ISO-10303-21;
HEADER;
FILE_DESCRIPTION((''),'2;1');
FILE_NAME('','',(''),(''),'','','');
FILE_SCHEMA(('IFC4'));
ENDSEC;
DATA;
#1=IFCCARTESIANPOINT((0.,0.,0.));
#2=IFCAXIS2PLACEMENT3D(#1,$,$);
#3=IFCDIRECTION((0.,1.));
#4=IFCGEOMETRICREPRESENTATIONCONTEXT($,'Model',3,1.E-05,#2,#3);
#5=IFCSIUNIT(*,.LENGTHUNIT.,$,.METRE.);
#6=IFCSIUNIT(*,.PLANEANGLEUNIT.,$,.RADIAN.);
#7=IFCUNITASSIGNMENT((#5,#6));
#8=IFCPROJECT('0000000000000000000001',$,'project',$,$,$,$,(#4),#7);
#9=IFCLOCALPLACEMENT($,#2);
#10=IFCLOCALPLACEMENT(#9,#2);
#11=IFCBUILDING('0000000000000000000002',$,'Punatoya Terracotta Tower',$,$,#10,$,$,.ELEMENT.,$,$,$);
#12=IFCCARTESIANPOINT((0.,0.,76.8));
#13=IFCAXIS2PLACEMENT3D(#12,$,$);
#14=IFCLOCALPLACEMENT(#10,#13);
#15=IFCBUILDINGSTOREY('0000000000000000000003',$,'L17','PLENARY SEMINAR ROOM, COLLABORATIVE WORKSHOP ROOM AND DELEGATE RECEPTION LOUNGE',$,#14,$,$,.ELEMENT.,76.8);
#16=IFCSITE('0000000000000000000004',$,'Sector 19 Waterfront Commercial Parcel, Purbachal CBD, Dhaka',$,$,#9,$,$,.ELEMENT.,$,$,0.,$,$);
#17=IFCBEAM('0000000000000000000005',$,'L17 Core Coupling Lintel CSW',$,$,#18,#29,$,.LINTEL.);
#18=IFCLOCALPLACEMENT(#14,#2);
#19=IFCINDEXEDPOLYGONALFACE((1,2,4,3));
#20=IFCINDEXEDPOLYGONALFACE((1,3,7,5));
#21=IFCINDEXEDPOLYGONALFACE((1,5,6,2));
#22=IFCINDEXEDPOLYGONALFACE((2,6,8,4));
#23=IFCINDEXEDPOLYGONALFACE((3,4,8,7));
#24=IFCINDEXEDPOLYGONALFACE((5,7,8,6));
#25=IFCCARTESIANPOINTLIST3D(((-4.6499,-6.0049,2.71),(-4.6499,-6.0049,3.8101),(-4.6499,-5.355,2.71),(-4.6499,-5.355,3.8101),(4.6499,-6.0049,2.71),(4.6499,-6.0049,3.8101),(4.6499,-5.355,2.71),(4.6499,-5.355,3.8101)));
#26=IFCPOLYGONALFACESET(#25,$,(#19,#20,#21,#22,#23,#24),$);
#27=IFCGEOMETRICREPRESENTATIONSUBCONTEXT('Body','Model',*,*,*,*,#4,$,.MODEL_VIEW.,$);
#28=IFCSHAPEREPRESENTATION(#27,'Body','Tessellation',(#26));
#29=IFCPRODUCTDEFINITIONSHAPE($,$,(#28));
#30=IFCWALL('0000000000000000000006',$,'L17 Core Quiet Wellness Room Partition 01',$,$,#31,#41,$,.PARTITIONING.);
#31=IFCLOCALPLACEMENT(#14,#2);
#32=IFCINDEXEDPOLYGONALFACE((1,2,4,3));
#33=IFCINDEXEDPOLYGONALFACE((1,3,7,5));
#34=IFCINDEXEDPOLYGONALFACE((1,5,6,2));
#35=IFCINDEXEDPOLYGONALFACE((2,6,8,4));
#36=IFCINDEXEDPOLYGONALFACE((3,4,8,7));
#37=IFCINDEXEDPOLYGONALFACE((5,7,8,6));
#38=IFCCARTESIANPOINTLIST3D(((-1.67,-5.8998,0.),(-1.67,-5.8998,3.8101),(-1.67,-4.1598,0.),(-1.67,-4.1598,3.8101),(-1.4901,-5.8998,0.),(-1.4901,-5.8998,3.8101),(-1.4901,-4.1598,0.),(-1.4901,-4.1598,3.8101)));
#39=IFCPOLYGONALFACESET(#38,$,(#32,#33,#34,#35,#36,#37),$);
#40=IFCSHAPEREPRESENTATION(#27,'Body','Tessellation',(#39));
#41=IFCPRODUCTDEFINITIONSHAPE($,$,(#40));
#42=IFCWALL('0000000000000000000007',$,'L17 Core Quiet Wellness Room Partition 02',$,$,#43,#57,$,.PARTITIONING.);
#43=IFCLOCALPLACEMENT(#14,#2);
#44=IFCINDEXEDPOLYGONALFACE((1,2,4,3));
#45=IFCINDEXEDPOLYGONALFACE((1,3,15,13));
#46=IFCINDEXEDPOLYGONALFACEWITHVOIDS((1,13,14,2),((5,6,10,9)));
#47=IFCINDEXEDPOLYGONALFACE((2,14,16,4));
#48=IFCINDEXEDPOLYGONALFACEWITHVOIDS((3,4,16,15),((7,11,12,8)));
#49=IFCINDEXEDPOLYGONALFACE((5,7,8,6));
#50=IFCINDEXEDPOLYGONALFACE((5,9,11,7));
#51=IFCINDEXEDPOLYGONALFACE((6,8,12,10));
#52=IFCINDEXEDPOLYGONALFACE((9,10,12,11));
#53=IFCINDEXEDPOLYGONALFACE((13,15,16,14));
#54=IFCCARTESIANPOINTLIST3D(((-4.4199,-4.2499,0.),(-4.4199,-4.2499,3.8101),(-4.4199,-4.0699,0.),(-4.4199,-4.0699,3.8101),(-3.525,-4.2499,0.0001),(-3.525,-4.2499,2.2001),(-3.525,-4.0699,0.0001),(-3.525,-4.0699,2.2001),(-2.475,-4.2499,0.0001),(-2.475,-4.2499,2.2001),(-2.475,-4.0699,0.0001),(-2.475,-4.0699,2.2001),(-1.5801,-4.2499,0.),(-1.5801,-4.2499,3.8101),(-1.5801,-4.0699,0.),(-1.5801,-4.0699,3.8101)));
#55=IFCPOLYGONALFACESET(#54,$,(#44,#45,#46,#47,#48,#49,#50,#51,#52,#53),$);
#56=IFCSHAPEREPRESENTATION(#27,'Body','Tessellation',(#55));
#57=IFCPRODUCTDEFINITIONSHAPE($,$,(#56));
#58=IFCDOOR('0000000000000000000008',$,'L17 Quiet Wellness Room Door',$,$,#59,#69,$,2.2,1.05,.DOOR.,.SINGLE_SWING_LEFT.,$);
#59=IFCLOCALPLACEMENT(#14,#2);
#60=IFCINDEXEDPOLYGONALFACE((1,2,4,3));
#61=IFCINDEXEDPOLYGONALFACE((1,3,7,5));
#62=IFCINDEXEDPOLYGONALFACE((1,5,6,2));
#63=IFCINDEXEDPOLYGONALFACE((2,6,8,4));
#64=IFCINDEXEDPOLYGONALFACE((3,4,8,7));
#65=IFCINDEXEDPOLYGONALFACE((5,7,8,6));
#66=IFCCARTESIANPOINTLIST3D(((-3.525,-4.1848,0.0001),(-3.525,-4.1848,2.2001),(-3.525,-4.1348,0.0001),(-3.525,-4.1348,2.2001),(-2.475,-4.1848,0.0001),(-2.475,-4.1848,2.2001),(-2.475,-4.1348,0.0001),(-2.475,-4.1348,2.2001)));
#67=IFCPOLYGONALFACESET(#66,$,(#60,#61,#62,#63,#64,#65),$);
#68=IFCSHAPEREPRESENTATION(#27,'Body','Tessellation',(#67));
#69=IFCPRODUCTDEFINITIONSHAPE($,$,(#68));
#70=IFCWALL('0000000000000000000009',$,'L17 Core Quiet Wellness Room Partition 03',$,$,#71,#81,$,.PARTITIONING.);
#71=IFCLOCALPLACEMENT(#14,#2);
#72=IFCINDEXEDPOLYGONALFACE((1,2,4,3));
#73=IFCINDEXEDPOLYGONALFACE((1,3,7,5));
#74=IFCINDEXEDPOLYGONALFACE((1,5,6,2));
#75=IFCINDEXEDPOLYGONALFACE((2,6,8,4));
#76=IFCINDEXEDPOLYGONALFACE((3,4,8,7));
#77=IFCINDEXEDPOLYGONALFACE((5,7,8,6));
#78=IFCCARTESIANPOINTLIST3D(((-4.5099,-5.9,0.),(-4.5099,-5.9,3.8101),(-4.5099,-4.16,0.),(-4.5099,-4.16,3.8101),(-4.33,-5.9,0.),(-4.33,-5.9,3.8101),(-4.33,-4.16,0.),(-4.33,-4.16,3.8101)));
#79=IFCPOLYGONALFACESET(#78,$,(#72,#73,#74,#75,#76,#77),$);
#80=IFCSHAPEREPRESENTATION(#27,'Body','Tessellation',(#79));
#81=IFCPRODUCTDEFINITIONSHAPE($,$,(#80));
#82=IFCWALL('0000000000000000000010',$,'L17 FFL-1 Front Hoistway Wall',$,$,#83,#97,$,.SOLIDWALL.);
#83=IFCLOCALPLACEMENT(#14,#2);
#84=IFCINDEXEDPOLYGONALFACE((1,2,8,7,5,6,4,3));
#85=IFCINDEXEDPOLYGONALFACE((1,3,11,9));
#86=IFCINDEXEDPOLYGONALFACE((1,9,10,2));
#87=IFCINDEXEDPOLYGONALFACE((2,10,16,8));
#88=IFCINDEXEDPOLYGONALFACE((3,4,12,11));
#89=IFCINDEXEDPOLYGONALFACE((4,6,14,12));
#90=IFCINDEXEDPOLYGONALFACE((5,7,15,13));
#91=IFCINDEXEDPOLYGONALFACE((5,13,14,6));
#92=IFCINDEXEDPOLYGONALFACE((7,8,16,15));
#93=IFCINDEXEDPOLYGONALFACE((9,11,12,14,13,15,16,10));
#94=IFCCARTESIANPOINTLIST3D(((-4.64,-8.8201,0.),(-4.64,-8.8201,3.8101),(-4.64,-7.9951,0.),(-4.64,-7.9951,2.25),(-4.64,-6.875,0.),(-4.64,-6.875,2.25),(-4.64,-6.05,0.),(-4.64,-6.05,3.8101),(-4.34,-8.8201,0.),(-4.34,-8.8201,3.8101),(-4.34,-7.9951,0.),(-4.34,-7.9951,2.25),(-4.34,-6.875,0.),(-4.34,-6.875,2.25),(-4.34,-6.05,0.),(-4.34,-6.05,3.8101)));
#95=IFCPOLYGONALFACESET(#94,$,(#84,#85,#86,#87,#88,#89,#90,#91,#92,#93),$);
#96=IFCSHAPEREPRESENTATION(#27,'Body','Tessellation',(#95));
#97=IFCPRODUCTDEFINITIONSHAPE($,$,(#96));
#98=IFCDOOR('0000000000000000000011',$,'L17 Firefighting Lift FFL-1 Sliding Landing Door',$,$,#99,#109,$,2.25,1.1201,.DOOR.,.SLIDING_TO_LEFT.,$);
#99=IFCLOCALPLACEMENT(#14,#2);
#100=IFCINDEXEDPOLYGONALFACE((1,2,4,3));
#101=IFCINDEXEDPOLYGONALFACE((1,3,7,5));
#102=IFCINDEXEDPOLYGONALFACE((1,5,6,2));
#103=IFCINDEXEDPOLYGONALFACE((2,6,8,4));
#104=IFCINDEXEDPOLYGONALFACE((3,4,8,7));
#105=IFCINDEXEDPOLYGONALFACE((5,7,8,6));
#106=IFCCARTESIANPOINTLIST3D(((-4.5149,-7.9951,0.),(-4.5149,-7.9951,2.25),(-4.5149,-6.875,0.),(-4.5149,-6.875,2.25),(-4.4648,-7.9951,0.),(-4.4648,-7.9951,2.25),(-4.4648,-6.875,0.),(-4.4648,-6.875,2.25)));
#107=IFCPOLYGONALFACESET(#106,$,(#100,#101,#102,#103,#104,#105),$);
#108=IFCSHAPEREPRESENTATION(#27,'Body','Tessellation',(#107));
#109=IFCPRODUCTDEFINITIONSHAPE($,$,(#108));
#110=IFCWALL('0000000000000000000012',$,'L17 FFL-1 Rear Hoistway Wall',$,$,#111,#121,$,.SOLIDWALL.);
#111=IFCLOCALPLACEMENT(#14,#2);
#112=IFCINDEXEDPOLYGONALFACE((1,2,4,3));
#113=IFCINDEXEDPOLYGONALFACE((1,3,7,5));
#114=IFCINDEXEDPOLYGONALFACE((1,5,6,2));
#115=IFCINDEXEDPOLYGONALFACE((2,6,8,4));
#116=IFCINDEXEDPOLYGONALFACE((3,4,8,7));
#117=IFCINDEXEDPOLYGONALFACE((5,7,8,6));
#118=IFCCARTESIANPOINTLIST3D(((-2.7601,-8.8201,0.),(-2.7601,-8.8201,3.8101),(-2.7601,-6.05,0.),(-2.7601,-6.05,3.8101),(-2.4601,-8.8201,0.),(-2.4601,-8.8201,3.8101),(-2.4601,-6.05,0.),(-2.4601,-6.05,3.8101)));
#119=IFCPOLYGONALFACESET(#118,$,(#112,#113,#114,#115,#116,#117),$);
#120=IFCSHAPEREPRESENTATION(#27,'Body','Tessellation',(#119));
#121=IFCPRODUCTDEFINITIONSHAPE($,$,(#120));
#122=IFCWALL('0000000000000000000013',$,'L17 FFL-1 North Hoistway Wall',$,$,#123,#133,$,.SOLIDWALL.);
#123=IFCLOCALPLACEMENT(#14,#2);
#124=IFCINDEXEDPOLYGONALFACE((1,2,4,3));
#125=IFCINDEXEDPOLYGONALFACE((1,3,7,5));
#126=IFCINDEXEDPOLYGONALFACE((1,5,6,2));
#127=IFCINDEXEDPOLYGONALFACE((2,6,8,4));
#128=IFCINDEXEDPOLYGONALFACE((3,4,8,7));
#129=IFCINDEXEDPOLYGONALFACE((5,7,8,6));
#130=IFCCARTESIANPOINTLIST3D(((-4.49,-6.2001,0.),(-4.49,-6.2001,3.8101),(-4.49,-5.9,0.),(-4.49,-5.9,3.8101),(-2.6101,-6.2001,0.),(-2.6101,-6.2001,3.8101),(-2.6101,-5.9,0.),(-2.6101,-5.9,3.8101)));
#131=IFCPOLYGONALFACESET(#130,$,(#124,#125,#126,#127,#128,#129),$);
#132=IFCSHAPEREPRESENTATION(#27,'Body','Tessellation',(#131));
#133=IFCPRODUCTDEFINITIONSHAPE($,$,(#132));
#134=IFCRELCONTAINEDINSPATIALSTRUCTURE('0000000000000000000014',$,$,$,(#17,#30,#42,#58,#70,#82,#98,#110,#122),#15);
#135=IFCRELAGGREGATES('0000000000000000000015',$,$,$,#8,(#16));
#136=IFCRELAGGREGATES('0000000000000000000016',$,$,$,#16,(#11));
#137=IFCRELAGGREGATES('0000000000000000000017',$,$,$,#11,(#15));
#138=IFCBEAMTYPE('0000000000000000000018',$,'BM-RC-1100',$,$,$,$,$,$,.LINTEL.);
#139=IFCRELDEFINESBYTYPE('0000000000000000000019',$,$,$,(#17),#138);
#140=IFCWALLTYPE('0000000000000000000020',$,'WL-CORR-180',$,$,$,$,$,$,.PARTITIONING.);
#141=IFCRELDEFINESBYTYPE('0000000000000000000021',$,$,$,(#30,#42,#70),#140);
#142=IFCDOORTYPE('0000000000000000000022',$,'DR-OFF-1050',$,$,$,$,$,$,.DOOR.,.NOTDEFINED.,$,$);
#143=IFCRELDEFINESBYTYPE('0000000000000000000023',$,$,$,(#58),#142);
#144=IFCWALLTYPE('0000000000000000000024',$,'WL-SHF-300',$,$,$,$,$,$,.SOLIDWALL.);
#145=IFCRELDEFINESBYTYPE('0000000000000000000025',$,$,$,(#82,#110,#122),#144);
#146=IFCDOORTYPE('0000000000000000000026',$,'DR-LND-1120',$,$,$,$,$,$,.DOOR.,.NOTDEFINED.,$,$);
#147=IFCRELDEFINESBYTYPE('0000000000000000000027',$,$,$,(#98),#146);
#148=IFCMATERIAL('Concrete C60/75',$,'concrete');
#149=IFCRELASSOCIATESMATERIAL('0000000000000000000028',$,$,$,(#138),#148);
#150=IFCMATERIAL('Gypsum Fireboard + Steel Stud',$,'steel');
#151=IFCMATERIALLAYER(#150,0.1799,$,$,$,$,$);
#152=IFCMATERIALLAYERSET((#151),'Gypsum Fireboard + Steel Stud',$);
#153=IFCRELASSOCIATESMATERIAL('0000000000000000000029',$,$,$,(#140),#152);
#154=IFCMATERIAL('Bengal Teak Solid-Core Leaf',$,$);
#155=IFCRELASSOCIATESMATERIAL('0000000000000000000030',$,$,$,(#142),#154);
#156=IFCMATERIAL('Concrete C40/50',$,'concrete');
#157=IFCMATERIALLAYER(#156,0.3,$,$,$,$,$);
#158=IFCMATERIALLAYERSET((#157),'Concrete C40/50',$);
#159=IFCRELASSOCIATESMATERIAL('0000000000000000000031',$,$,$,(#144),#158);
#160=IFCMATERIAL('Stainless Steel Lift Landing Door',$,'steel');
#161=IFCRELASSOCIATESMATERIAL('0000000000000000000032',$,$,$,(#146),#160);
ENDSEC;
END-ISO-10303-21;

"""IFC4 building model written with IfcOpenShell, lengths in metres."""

from ifc_helpers import new_model, si_unit, direction, frame, frame_2d, origin, origin_2d, place, context, subcontext, project, spatial, rectangle, extrude, material, layer, layer_set, material_profile, profile_set, type_object, element, fill, save


model = new_model("IFC4")

# Units and contexts
model_context = context("Model", 3, precision=1e-05, world=origin(), true_north=direction((0.0, 1.0)))
body_context = subcontext(model_context, "Body", "Model", "MODEL_VIEW")
ifc_project = project(units=[si_unit("LENGTHUNIT", "METRE"), si_unit("PLANEANGLEUNIT", "RADIAN")], contexts=[model_context])

# Site, building, storey
site_placement = place(None, origin())
site = spatial("IfcSite", under=ifc_project, at=site_placement, Name="Sector 19 Waterfront Commercial Parcel, Purbachal CBD, Dhaka", CompositionType="ELEMENT", RefElevation=0.0)
building_placement = place(site_placement, origin())
building = spatial("IfcBuilding", under=site, at=building_placement, Name="Punatoya Terracotta Tower", CompositionType="ELEMENT")
storey_placement = place(building_placement, frame((0.0, 0.0, 76.8)))
storey = spatial("IfcBuildingStorey", under=building, at=storey_placement, Name="L17", Description="PLENARY SEMINAR ROOM, COLLABORATIVE WORKSHOP ROOM AND DELEGATE RECEPTION LOUNGE", CompositionType="ELEMENT", Elevation=76.8)

# Beam
ifc_material_1 = material(Name="Concrete C60/75", Category="concrete")
ifc_material_profile = material_profile(ifc_material_1, rectangle(XDim=0.6499, YDim=1.1001, at=origin_2d()))
ifc_profile_set = profile_set([ifc_material_profile], Name="Concrete C60/75")
beam_type = type_object("IfcBeamType", Name="BM-RC-1100", PredefinedType="LINTEL", material=ifc_profile_set)
beam_placement = place(storey_placement, frame((-4.6499, -5.6799, 3.26), z_axis=(1.0, 0.0, 0.0), x_axis=(0.0, 1.0, 0.0)))
element("IfcBeam", 1, at=beam_placement, inside=storey, type_object=beam_type, Name="L17 Core Coupling Lintel CSW", PredefinedType="LINTEL", context=body_context, shape_type="SweptSolid", body=[
    extrude(rectangle(XDim=0.6499, YDim=1.1001, at=origin_2d()), origin(), (0.0, 0.0, 1.0), 9.2998),
])

# Wall
ifc_material_2 = material(Name="Gypsum Fireboard + Steel Stud", Category="steel")
ifc_layer_1 = layer(ifc_material_2, 0.1799)
ifc_layer_set_1 = layer_set([ifc_layer_1], Name="Gypsum Fireboard + Steel Stud")
wall_type_1 = type_object("IfcWallType", Name="WL-CORR-180", PredefinedType="PARTITIONING", material=ifc_layer_set_1)
wall_1_placement = place(storey_placement, frame((-1.5801, -5.8999, 0.0), z_axis=(0.0, 0.0, 1.0), x_axis=(0.0, 1.0, 0.0)))
element("IfcWall", 2, at=wall_1_placement, inside=storey, type_object=wall_type_1, Name="L17 Core Quiet Wellness Room Partition 01", PredefinedType="PARTITIONING", context=body_context, shape_type="SweptSolid", body=[
    extrude(rectangle(XDim=1.74, YDim=0.1799, at=frame_2d((0.8701, 0.0))), origin(), (0.0, 0.0, 1.0), 3.8101),
])

# Wall, opening, door
wall_2_placement = place(storey_placement, frame((-1.5801, -4.1599, 0.0), z_axis=(0.0, 0.0, 1.0), x_axis=(-1.0, 0.0, 0.0)))
wall_2 = element("IfcWall", 3, at=wall_2_placement, inside=storey, type_object=wall_type_1, Name="L17 Core Quiet Wellness Room Partition 02", PredefinedType="PARTITIONING", context=body_context, shape_type="SweptSolid", body=[
    extrude(rectangle(XDim=2.8398, YDim=0.1799, at=frame_2d((1.4199, 0.0))), origin(), (0.0, 0.0, 1.0), 3.8101),
])
opening_1_placement = place(wall_2_placement, frame((0.895, 0.0, 0.0)))
opening_1 = element("IfcOpeningElement", 4, at=opening_1_placement, cuts=wall_2, PredefinedType="OPENING", context=body_context, shape_type="SweptSolid", body=[
    extrude(rectangle(XDim=1.05, YDim=2.2, at=frame_2d((0.5249, 1.1001))), frame((0.0, 0.0999, 0.0), z_axis=(0.0, -1.0, 0.0), x_axis=(1.0, 0.0, 0.0)), (0.0, 0.0, 1.0), 0.2),
])
ifc_material_3 = material(Name="Bengal Teak Solid-Core Leaf")
door_type_1 = type_object("IfcDoorType", Name="DR-OFF-1050", OperationType="NOTDEFINED", PredefinedType="DOOR", material=ifc_material_3)
door_1_placement = place(opening_1_placement, origin())
door_1 = element("IfcDoor", 5, at=door_1_placement, inside=storey, type_object=door_type_1, Name="L17 Quiet Wellness Room Door", OperationType="SINGLE_SWING_LEFT", OverallHeight=2.2, OverallWidth=1.05, PredefinedType="DOOR", context=body_context, shape_type="SweptSolid", body=[
    extrude(rectangle(XDim=1.05, YDim=2.2, at=frame_2d((0.5249, 1.1001))), frame((0.0, 0.0249, 0.0), z_axis=(0.0, -1.0, 0.0), x_axis=(1.0, 0.0, 0.0)), (0.0, 0.0, 1.0), 0.05),
])
fill(opening_1, door_1)

# Wall
wall_3_placement = place(storey_placement, frame((-4.4199, -4.1599, 0.0), z_axis=(0.0, 0.0, 1.0), x_axis=(0.0, -1.0, 0.0)))
element("IfcWall", 6, at=wall_3_placement, inside=storey, type_object=wall_type_1, Name="L17 Core Quiet Wellness Room Partition 03", PredefinedType="PARTITIONING", context=body_context, shape_type="SweptSolid", body=[
    extrude(rectangle(XDim=1.74, YDim=0.1799, at=frame_2d((0.8701, 0.0))), origin(), (0.0, 0.0, 1.0), 3.8101),
])

# Wall, opening, door
ifc_material_4 = material(Name="Concrete C40/50", Category="concrete")
ifc_layer_2 = layer(ifc_material_4, 0.3)
ifc_layer_set_2 = layer_set([ifc_layer_2], Name="Concrete C40/50")
wall_type_2 = type_object("IfcWallType", Name="WL-SHF-300", PredefinedType="SOLIDWALL", material=ifc_layer_set_2)
wall_4_placement = place(storey_placement, frame((-4.49, -8.8201, 0.0), z_axis=(0.0, 0.0, 1.0), x_axis=(0.0, 1.0, 0.0)))
wall_4 = element("IfcWall", 7, at=wall_4_placement, inside=storey, type_object=wall_type_2, Name="L17 FFL-1 Front Hoistway Wall", PredefinedType="SOLIDWALL", context=body_context, shape_type="SweptSolid", body=[
    extrude(rectangle(XDim=2.77, YDim=0.3, at=frame_2d((1.385, 0.0))), origin(), (0.0, 0.0, 1.0), 3.8101),
])
opening_2_placement = place(wall_4_placement, frame((0.825, 0.0, 0.0)))
opening_2 = element("IfcOpeningElement", 8, at=opening_2_placement, cuts=wall_4, PredefinedType="OPENING", context=body_context, shape_type="SweptSolid", body=[
    extrude(rectangle(XDim=1.1201, YDim=2.25, at=frame_2d((0.5601, 1.125))), frame((0.0, 0.1599, 0.0), z_axis=(0.0, -1.0, 0.0), x_axis=(1.0, 0.0, 0.0)), (0.0, 0.0, 1.0), 0.3201),
])
ifc_material_5 = material(Name="Stainless Steel Lift Landing Door", Category="steel")
door_type_2 = type_object("IfcDoorType", Name="DR-LND-1120", OperationType="NOTDEFINED", PredefinedType="DOOR", material=ifc_material_5)
door_2_placement = place(opening_2_placement, origin())
door_2 = element("IfcDoor", 9, at=door_2_placement, inside=storey, type_object=door_type_2, Name="L17 Firefighting Lift FFL-1 Sliding Landing Door", OperationType="SLIDING_TO_LEFT", OverallHeight=2.25, OverallWidth=1.1201, PredefinedType="DOOR", context=body_context, shape_type="SweptSolid", body=[
    extrude(rectangle(XDim=1.1201, YDim=2.25, at=frame_2d((0.5601, 1.125))), frame((0.0, 0.0249, 0.0), z_axis=(0.0, -1.0, 0.0), x_axis=(1.0, 0.0, 0.0)), (0.0, 0.0, 1.0), 0.05),
])
fill(opening_2, door_2)

# Walls
wall_5_placement = place(storey_placement, frame((-2.6101, -8.8201, 0.0), z_axis=(0.0, 0.0, 1.0), x_axis=(0.0, 1.0, 0.0)))
element("IfcWall", 10, at=wall_5_placement, inside=storey, type_object=wall_type_2, Name="L17 FFL-1 Rear Hoistway Wall", PredefinedType="SOLIDWALL", context=body_context, shape_type="SweptSolid", body=[
    extrude(rectangle(XDim=2.77, YDim=0.3, at=frame_2d((1.385, 0.0))), origin(), (0.0, 0.0, 1.0), 3.8101),
])
wall_6_placement = place(storey_placement, frame((-4.49, -6.05, 0.0), z_axis=(0.0, 0.0, 1.0), x_axis=(1.0, 0.0, 0.0)))
element("IfcWall", 11, at=wall_6_placement, inside=storey, type_object=wall_type_2, Name="L17 FFL-1 North Hoistway Wall", PredefinedType="SOLIDWALL", context=body_context, shape_type="SweptSolid", body=[
    extrude(rectangle(XDim=1.8799, YDim=0.3, at=frame_2d((0.9399, 0.0))), origin(), (0.0, 0.0, 1.0), 3.8101),
])

save(model, "model.ifc")
